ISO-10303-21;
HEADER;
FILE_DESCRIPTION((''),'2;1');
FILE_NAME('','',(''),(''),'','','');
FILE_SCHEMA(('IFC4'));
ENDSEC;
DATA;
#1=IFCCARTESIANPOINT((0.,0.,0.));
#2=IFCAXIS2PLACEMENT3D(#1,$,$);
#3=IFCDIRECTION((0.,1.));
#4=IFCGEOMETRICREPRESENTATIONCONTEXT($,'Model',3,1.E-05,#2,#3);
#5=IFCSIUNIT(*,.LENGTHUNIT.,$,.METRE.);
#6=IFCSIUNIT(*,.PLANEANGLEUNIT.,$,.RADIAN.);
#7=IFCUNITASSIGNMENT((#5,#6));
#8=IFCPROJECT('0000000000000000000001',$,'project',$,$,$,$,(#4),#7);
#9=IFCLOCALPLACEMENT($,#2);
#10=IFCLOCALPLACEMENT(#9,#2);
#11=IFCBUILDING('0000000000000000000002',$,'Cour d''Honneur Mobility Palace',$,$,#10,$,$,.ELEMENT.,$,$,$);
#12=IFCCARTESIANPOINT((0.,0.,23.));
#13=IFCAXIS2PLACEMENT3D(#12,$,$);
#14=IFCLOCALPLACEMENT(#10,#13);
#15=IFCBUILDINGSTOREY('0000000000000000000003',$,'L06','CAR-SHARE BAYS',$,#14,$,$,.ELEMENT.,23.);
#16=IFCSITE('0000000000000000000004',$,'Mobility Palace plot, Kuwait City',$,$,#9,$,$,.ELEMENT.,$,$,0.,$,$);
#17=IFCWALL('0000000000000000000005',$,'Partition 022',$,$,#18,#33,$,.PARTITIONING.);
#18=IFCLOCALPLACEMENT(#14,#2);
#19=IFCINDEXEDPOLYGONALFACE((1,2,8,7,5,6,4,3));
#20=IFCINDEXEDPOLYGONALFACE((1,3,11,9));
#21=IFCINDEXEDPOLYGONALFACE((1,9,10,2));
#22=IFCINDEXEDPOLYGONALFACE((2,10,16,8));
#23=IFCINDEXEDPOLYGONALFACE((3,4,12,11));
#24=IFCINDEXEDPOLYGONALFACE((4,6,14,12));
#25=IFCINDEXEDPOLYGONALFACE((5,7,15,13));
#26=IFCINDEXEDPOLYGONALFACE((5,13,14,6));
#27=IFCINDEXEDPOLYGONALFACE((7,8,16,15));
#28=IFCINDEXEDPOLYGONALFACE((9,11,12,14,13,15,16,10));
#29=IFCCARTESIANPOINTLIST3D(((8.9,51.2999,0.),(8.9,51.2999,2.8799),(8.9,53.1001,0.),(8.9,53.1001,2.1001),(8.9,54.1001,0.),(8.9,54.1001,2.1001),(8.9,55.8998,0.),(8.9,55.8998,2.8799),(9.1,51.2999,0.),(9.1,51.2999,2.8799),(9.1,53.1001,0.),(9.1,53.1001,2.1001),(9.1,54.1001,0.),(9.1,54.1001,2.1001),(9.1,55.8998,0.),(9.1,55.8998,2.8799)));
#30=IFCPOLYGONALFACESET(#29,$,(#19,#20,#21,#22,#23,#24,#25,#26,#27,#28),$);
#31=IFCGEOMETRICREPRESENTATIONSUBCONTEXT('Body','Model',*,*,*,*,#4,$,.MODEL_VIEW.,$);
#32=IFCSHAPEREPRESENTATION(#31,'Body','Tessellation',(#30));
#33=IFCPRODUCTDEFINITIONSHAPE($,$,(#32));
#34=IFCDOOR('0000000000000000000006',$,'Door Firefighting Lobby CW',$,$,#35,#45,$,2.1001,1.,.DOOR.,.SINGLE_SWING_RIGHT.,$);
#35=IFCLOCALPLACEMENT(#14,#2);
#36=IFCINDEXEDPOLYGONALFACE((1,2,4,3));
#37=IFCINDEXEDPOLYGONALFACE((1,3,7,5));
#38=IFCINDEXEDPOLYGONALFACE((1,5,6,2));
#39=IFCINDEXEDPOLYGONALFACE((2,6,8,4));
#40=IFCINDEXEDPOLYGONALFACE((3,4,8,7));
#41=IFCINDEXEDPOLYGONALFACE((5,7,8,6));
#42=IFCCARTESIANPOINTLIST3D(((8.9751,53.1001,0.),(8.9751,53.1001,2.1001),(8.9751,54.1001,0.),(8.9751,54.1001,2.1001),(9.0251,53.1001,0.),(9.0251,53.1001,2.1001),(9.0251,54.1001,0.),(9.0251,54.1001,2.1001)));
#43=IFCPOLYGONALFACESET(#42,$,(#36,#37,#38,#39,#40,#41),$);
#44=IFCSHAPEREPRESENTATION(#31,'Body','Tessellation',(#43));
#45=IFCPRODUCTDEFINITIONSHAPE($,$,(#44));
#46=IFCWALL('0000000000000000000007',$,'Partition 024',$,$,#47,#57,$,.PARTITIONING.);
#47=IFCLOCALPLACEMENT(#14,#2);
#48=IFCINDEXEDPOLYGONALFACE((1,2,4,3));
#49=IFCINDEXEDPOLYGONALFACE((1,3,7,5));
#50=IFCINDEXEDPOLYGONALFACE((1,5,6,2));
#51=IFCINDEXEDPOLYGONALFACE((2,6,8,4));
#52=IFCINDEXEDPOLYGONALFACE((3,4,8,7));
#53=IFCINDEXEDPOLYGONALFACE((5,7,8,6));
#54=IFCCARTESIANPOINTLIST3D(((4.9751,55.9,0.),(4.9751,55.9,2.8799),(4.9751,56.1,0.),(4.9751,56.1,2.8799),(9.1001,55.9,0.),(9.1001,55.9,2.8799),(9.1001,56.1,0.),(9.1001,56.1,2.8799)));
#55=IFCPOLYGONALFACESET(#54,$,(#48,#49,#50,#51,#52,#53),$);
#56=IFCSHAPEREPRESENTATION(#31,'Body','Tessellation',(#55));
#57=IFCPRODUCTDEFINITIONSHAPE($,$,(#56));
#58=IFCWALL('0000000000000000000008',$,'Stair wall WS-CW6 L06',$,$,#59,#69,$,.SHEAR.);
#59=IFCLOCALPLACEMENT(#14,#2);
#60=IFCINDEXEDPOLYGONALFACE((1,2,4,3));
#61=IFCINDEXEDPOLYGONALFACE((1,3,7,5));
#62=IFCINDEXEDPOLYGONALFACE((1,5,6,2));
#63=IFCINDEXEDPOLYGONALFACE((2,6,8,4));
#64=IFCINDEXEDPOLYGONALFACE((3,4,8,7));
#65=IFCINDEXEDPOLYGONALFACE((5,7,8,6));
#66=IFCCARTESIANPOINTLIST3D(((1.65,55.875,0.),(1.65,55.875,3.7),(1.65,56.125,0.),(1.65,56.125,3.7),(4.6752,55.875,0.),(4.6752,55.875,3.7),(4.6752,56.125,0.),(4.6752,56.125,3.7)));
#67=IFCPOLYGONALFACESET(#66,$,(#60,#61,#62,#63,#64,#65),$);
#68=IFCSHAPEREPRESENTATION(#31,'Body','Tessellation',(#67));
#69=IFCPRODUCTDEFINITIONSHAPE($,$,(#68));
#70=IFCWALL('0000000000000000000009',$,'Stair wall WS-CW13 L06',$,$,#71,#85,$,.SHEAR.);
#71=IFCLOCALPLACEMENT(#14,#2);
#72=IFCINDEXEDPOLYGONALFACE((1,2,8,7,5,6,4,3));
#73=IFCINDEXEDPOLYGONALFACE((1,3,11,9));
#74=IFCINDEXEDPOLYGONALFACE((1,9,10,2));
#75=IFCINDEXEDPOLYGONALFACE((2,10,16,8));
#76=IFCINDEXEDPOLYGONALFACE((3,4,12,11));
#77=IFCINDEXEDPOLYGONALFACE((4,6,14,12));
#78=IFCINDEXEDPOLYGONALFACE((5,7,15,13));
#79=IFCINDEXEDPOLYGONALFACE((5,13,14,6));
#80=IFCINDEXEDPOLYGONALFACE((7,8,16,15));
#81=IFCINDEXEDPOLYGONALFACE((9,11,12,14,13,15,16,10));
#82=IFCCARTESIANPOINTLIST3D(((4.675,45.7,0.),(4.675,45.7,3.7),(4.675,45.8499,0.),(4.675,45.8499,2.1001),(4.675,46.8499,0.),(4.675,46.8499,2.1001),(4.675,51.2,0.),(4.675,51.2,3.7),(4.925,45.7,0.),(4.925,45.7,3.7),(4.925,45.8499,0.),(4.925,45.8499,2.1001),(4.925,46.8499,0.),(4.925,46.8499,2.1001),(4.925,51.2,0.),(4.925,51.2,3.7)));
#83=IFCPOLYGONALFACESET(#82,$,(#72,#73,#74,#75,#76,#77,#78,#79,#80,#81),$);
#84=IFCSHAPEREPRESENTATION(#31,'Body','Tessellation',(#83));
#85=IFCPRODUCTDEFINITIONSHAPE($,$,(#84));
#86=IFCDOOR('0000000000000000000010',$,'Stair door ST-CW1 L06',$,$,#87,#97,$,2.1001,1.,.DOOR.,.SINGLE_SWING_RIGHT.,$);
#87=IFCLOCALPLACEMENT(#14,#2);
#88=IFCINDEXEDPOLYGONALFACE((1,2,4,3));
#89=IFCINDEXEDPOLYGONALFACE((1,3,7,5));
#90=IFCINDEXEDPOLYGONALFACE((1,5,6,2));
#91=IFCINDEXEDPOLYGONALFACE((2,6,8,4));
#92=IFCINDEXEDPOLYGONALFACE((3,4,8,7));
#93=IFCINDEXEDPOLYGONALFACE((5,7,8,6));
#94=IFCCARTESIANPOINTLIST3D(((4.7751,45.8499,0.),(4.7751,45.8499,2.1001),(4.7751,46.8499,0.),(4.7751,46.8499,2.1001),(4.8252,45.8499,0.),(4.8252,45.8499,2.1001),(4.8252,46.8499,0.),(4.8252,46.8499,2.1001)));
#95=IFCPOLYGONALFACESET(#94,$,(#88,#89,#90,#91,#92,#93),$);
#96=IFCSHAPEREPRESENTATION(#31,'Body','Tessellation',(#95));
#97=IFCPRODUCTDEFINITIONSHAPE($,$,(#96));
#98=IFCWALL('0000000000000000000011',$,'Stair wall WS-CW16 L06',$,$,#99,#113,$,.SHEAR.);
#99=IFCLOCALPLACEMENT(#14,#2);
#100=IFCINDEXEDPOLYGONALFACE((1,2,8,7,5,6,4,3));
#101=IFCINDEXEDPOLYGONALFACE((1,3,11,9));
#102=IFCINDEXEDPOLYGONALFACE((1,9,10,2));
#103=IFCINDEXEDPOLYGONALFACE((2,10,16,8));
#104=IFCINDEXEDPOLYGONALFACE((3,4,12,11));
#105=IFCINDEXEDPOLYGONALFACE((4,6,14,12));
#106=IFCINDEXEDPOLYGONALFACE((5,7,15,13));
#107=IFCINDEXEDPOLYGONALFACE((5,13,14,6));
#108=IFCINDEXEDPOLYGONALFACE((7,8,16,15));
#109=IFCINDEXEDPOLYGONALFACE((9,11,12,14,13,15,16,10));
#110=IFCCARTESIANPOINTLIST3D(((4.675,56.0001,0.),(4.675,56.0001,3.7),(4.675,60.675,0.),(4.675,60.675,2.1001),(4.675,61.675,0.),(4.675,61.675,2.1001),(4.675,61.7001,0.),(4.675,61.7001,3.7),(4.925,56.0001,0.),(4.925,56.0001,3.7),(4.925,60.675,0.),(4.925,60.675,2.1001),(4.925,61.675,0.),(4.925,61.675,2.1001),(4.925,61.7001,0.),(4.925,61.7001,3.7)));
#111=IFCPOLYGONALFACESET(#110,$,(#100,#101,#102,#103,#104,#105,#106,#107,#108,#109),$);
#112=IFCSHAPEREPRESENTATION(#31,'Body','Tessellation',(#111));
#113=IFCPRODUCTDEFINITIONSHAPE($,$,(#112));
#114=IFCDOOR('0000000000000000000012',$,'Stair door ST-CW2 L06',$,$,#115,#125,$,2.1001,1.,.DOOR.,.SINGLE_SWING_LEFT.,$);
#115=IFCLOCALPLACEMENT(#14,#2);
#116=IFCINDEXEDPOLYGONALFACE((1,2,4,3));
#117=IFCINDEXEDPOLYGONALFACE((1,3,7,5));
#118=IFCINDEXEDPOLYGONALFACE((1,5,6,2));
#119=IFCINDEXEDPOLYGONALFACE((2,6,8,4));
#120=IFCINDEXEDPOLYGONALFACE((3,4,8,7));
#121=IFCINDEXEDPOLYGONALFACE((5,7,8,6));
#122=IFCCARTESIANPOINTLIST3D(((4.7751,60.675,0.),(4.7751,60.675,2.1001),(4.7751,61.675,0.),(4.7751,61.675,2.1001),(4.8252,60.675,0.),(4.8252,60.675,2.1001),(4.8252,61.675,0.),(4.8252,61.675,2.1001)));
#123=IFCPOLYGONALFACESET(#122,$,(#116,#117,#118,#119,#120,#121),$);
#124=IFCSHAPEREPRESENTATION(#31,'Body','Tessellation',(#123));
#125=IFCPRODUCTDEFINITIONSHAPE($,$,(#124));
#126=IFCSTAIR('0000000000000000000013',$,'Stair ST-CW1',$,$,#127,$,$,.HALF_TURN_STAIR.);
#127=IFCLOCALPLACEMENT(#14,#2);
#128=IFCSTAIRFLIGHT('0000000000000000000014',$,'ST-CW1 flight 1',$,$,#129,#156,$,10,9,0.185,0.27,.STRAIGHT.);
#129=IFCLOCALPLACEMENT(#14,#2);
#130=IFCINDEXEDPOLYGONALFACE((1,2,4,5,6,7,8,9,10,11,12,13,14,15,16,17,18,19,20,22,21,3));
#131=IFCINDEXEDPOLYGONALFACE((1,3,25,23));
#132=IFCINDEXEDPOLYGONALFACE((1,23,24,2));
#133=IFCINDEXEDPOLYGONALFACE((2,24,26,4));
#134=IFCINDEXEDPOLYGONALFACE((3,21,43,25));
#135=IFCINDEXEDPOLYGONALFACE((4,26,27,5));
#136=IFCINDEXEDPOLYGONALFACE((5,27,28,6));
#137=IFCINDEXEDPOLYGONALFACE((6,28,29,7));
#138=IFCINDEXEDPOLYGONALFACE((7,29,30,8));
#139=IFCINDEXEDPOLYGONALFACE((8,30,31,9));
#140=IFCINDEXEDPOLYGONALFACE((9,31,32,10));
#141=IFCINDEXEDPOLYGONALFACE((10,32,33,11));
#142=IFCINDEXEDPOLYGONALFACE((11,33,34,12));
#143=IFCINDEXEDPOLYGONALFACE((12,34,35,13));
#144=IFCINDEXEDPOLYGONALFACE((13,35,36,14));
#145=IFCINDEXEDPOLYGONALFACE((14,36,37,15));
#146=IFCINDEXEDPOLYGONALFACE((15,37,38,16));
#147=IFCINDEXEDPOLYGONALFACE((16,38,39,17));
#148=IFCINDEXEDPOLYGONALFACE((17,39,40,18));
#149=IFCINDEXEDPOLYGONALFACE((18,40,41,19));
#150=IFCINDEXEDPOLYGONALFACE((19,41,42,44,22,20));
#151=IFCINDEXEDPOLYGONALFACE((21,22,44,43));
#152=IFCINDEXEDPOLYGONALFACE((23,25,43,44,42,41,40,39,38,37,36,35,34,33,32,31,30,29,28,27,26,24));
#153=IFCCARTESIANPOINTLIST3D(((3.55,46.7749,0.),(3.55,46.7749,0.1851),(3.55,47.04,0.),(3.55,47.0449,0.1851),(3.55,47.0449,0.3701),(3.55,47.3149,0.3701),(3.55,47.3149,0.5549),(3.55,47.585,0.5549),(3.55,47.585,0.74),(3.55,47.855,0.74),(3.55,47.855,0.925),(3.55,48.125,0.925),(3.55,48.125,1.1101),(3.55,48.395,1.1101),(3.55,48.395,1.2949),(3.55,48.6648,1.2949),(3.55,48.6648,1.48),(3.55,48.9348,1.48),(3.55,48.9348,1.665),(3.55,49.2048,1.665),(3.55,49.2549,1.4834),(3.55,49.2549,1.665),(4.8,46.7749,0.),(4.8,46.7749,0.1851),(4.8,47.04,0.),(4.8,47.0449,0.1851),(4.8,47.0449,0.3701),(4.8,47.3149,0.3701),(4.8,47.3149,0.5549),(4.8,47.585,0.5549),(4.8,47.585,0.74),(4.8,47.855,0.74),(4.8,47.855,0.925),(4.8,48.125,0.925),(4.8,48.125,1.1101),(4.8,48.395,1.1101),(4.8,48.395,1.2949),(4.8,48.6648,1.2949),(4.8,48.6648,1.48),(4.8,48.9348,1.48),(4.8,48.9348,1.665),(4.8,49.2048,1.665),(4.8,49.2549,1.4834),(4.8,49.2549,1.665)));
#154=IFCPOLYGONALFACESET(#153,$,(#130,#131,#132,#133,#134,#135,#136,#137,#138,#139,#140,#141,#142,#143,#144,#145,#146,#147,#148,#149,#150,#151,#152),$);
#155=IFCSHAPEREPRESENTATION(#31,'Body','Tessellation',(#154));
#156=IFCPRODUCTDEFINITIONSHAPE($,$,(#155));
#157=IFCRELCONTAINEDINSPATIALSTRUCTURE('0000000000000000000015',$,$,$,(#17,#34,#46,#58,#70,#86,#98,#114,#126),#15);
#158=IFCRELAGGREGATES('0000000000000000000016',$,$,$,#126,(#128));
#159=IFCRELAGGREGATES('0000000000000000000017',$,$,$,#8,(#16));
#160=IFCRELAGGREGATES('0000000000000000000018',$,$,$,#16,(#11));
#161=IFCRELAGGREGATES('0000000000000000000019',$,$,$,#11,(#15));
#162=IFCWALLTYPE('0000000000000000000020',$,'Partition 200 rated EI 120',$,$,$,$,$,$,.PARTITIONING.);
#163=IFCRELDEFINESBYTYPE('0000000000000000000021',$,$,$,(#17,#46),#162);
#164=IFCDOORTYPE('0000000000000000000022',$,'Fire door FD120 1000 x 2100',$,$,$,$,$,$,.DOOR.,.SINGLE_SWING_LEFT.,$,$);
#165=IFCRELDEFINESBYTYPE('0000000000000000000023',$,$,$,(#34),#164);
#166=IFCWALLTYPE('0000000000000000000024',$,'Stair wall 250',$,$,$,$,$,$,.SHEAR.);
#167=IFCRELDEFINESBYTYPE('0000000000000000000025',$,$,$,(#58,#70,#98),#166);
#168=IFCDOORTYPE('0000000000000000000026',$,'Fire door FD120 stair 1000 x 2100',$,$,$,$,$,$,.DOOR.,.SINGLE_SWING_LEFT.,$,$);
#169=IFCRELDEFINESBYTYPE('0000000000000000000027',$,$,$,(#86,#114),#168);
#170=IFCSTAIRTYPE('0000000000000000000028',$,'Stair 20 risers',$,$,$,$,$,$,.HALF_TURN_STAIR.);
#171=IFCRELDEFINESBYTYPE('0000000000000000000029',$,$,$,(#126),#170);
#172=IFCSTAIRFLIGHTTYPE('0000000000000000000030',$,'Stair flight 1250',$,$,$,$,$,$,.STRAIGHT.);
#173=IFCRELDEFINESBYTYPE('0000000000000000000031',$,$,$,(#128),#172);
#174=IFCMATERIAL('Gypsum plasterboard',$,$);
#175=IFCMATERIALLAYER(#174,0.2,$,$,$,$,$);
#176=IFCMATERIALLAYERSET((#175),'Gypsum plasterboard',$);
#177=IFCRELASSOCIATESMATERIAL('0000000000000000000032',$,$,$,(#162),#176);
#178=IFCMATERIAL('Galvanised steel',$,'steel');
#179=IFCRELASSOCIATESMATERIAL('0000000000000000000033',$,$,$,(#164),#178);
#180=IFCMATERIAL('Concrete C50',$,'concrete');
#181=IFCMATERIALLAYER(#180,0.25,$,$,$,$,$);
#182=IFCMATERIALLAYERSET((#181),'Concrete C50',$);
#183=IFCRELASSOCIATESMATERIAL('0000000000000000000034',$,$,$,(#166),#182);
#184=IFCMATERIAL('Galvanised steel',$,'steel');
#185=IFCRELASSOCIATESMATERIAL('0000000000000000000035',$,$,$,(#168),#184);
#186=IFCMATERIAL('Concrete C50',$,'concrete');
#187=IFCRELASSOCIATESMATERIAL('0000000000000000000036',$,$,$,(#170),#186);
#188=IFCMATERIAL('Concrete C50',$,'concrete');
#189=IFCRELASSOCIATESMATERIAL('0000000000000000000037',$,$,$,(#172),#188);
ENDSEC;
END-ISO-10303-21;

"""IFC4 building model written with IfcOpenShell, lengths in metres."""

from ifc_helpers import new_model, si_unit, direction, frame, frame_2d, origin, place, context, subcontext, project, spatial, polyline, rectangle, outline, extrude, material, layer, layer_set, type_object, element, fill, aggregate, save


model = new_model("IFC4")

# Units and contexts
model_context = context("Model", 3, precision=1e-05, world=origin(), true_north=direction((0.0, 1.0)))
body_context = subcontext(model_context, "Body", "Model", "MODEL_VIEW")
ifc_project = project(units=[si_unit("LENGTHUNIT", "METRE"), si_unit("PLANEANGLEUNIT", "RADIAN")], contexts=[model_context])

# Site, building, storey
site_placement = place(None, origin())
site = spatial("IfcSite", under=ifc_project, at=site_placement, Name="Mobility Palace plot, Kuwait City", CompositionType="ELEMENT", RefElevation=0.0)
building_placement = place(site_placement, origin())
building = spatial("IfcBuilding", under=site, at=building_placement, Name="Cour d'Honneur Mobility Palace", CompositionType="ELEMENT")
storey_placement = place(building_placement, frame((0.0, 0.0, 23.0)))
storey = spatial("IfcBuildingStorey", under=building, at=storey_placement, Name="L06", Description="CAR-SHARE BAYS", CompositionType="ELEMENT", Elevation=23.0)

# Shared definitions
ifc_material_1 = material(Name="Gypsum plasterboard")
ifc_layer_1 = layer(ifc_material_1, 0.2)
ifc_layer_set_1 = layer_set([ifc_layer_1], Name="Gypsum plasterboard")
wall_type_1 = type_object("IfcWallType", Name="Partition 200 rated EI 120", PredefinedType="PARTITIONING", material=ifc_layer_set_1)

# Wall, opening, door
wall_1_placement = place(storey_placement, frame((9.0, 51.3, 0.0), z_axis=(0.0, 0.0, 1.0), x_axis=(0.0, 1.0, 0.0)))
wall_1 = element("IfcWall", 1, at=wall_1_placement, inside=storey, type_object=wall_type_1, Name="Partition 022", PredefinedType="PARTITIONING", context=body_context, shape_type="SweptSolid", body=[
    extrude(rectangle(XDim=4.5999, YDim=0.2, at=frame_2d((2.2998, 0.0))), origin(), (0.0, 0.0, 1.0), 2.8799),
])
opening_1_placement = place(wall_1_placement, frame((1.8, 0.0, 0.0)))
opening_1 = element("IfcOpeningElement", 2, at=opening_1_placement, cuts=wall_1, PredefinedType="OPENING", context=body_context, shape_type="SweptSolid", body=[
    extrude(rectangle(XDim=1.0, YDim=2.1001, at=frame_2d((0.5, 1.05))), frame((0.0, 0.1099, 0.0), z_axis=(0.0, -1.0, 0.0), x_axis=(1.0, 0.0, 0.0)), (0.0, 0.0, 1.0), 0.22),
])
ifc_material_2 = material(Name="Galvanised steel", Category="steel")
door_type_1 = type_object("IfcDoorType", Name="Fire door FD120 1000 x 2100", OperationType="SINGLE_SWING_LEFT", PredefinedType="DOOR", material=ifc_material_2)
door_1_placement = place(opening_1_placement, origin())
door_1 = element("IfcDoor", 3, at=door_1_placement, inside=storey, type_object=door_type_1, Name="Door Firefighting Lobby CW", OperationType="SINGLE_SWING_RIGHT", OverallHeight=2.1001, OverallWidth=1.0, PredefinedType="DOOR", context=body_context, shape_type="SweptSolid", body=[
    extrude(rectangle(XDim=1.0, YDim=2.1001, at=frame_2d((0.5, 1.05))), frame((0.0, 0.0249, 0.0), z_axis=(0.0, -1.0, 0.0), x_axis=(1.0, 0.0, 0.0)), (0.0, 0.0, 1.0), 0.05),
])
fill(opening_1, door_1)

# Walls
wall_2_placement = place(storey_placement, frame((9.1001, 56.0, 0.0), z_axis=(0.0, 0.0, 1.0), x_axis=(-1.0, 0.0, 0.0)))
element("IfcWall", 4, at=wall_2_placement, inside=storey, type_object=wall_type_1, Name="Partition 024", PredefinedType="PARTITIONING", context=body_context, shape_type="SweptSolid", body=[
    extrude(rectangle(XDim=4.125, YDim=0.2, at=frame_2d((2.0625, 0.0))), origin(), (0.0, 0.0, 1.0), 2.8799),
])
ifc_material_3 = material(Name="Concrete C50", Category="concrete")
ifc_layer_2 = layer(ifc_material_3, 0.25)
ifc_layer_set_2 = layer_set([ifc_layer_2], Name="Concrete C50")
wall_type_2 = type_object("IfcWallType", Name="Stair wall 250", PredefinedType="SHEAR", material=ifc_layer_set_2)
wall_3_placement = place(storey_placement, frame((1.6499, 56.0, 0.0), z_axis=(0.0, 0.0, 1.0), x_axis=(1.0, 0.0, 0.0)))
element("IfcWall", 5, at=wall_3_placement, inside=storey, type_object=wall_type_2, Name="Stair wall WS-CW6 L06", PredefinedType="SHEAR", context=body_context, shape_type="SweptSolid", body=[
    extrude(rectangle(XDim=3.0251, YDim=0.25, at=frame_2d((1.5127, 0.0))), origin(), (0.0, 0.0, 1.0), 3.7),
])

# Walls, openings, doors
wall_4_placement = place(storey_placement, frame((4.8, 45.7, 0.0), z_axis=(0.0, 0.0, 1.0), x_axis=(0.0, 1.0, 0.0)))
wall_4 = element("IfcWall", 6, at=wall_4_placement, inside=storey, type_object=wall_type_2, Name="Stair wall WS-CW13 L06", PredefinedType="SHEAR", context=body_context, shape_type="SweptSolid", body=[
    extrude(rectangle(XDim=5.5, YDim=0.25, at=frame_2d((2.75, 0.0))), origin(), (0.0, 0.0, 1.0), 3.7),
])
opening_2_placement = place(wall_4_placement, frame((0.1499, 0.0, 0.0)))
opening_2 = element("IfcOpeningElement", 7, at=opening_2_placement, cuts=wall_4, PredefinedType="OPENING", context=body_context, shape_type="SweptSolid", body=[
    extrude(rectangle(XDim=1.0, YDim=2.1001, at=frame_2d((0.5, 1.05))), frame((0.0, 0.135, 0.0), z_axis=(0.0, -1.0, 0.0), x_axis=(1.0, 0.0, 0.0)), (0.0, 0.0, 1.0), 0.27),
])
ifc_material_4 = material(Name="Galvanised steel", Category="steel")
door_type_2 = type_object("IfcDoorType", Name="Fire door FD120 stair 1000 x 2100", OperationType="SINGLE_SWING_LEFT", PredefinedType="DOOR", material=ifc_material_4)
door_2_placement = place(opening_2_placement, origin())
door_2 = element("IfcDoor", 8, at=door_2_placement, inside=storey, type_object=door_type_2, Name="Stair door ST-CW1 L06", OperationType="SINGLE_SWING_RIGHT", OverallHeight=2.1001, OverallWidth=1.0, PredefinedType="DOOR", context=body_context, shape_type="SweptSolid", body=[
    extrude(rectangle(XDim=1.0, YDim=2.1001, at=frame_2d((0.5, 1.05))), frame((0.0, 0.0249, 0.0), z_axis=(0.0, -1.0, 0.0), x_axis=(1.0, 0.0, 0.0)), (0.0, 0.0, 1.0), 0.05),
])
fill(opening_2, door_2)
wall_5_placement = place(storey_placement, frame((4.8, 56.0, 0.0), z_axis=(0.0, 0.0, 1.0), x_axis=(0.0, 1.0, 0.0)))
wall_5 = element("IfcWall", 9, at=wall_5_placement, inside=storey, type_object=wall_type_2, Name="Stair wall WS-CW16 L06", PredefinedType="SHEAR", context=body_context, shape_type="SweptSolid", body=[
    extrude(rectangle(XDim=5.7, YDim=0.25, at=frame_2d((2.8501, 0.0))), origin(), (0.0, 0.0, 1.0), 3.7),
])
opening_3_placement = place(wall_5_placement, frame((4.675, 0.0, 0.0)))
opening_3 = element("IfcOpeningElement", 10, at=opening_3_placement, cuts=wall_5, PredefinedType="OPENING", context=body_context, shape_type="SweptSolid", body=[
    extrude(rectangle(XDim=1.0, YDim=2.1001, at=frame_2d((0.5, 1.05))), frame((0.0, 0.135, 0.0), z_axis=(0.0, -1.0, 0.0), x_axis=(1.0, 0.0, 0.0)), (0.0, 0.0, 1.0), 0.27),
])
door_3_placement = place(opening_3_placement, origin())
door_3 = element("IfcDoor", 11, at=door_3_placement, inside=storey, type_object=door_type_2, Name="Stair door ST-CW2 L06", OperationType="SINGLE_SWING_LEFT", OverallHeight=2.1001, OverallWidth=1.0, PredefinedType="DOOR", context=body_context, shape_type="SweptSolid", body=[
    extrude(rectangle(XDim=1.0, YDim=2.1001, at=frame_2d((0.5, 1.05))), frame((0.0, 0.0249, 0.0), z_axis=(0.0, -1.0, 0.0), x_axis=(1.0, 0.0, 0.0)), (0.0, 0.0, 1.0), 0.05),
])
fill(opening_3, door_3)

# Stair, stair flight
ifc_material_5 = material(Name="Concrete C50", Category="concrete")
stair_type = type_object("IfcStairType", Name="Stair 20 risers", PredefinedType="HALF_TURN_STAIR", material=ifc_material_5)
stair_placement = place(storey_placement, origin())
stair = element("IfcStair", 12, at=stair_placement, inside=storey, type_object=stair_type, Name="Stair ST-CW1", PredefinedType="HALF_TURN_STAIR")
ifc_material_6 = material(Name="Concrete C50", Category="concrete")
stair_flight_type = type_object("IfcStairFlightType", Name="Stair flight 1250", PredefinedType="STRAIGHT", material=ifc_material_6)
stair_flight_placement = place(storey_placement, frame((4.175, 46.7749, 0.0), z_axis=(0.0, 0.0, 1.0), x_axis=(0.0, 1.0, 0.0)))
stair_flight = element("IfcStairFlight", 13, at=stair_flight_placement, type_object=stair_flight_type, Name="ST-CW1 flight 1", NumberOfRisers=10, NumberOfTreads=9, PredefinedType="STRAIGHT", RiserHeight=0.185, TreadLength=0.27, context=body_context, shape_type="SweptSolid", body=[
    extrude(outline(polyline([(0.0, 0.0), (0.0, 0.1851), (0.27, 0.1851), (0.27, 0.3701), (0.54, 0.3701), (0.54, 0.5549), (0.8101, 0.5549), (0.8101, 0.74), (1.0801, 0.74), (1.0801, 0.925), (1.3501, 0.925), (1.3501, 1.1101), (1.6201, 1.1101), (1.6201, 1.2949), (1.8899, 1.2949), (1.8899, 1.48), (2.1599, 1.48), (2.1599, 1.665), (2.4299, 1.665), (2.48, 1.665), (2.48, 1.4834), (0.2651, 0.0), (0.0, 0.0)])), frame((0.0, 0.625, 0.0), z_axis=(0.0, -1.0, 0.0), x_axis=(1.0, 0.0, 0.0)), (0.0, 0.0, 1.0), 1.25),
])
aggregate(stair, [stair_flight])

save(model, "model.ifc")
